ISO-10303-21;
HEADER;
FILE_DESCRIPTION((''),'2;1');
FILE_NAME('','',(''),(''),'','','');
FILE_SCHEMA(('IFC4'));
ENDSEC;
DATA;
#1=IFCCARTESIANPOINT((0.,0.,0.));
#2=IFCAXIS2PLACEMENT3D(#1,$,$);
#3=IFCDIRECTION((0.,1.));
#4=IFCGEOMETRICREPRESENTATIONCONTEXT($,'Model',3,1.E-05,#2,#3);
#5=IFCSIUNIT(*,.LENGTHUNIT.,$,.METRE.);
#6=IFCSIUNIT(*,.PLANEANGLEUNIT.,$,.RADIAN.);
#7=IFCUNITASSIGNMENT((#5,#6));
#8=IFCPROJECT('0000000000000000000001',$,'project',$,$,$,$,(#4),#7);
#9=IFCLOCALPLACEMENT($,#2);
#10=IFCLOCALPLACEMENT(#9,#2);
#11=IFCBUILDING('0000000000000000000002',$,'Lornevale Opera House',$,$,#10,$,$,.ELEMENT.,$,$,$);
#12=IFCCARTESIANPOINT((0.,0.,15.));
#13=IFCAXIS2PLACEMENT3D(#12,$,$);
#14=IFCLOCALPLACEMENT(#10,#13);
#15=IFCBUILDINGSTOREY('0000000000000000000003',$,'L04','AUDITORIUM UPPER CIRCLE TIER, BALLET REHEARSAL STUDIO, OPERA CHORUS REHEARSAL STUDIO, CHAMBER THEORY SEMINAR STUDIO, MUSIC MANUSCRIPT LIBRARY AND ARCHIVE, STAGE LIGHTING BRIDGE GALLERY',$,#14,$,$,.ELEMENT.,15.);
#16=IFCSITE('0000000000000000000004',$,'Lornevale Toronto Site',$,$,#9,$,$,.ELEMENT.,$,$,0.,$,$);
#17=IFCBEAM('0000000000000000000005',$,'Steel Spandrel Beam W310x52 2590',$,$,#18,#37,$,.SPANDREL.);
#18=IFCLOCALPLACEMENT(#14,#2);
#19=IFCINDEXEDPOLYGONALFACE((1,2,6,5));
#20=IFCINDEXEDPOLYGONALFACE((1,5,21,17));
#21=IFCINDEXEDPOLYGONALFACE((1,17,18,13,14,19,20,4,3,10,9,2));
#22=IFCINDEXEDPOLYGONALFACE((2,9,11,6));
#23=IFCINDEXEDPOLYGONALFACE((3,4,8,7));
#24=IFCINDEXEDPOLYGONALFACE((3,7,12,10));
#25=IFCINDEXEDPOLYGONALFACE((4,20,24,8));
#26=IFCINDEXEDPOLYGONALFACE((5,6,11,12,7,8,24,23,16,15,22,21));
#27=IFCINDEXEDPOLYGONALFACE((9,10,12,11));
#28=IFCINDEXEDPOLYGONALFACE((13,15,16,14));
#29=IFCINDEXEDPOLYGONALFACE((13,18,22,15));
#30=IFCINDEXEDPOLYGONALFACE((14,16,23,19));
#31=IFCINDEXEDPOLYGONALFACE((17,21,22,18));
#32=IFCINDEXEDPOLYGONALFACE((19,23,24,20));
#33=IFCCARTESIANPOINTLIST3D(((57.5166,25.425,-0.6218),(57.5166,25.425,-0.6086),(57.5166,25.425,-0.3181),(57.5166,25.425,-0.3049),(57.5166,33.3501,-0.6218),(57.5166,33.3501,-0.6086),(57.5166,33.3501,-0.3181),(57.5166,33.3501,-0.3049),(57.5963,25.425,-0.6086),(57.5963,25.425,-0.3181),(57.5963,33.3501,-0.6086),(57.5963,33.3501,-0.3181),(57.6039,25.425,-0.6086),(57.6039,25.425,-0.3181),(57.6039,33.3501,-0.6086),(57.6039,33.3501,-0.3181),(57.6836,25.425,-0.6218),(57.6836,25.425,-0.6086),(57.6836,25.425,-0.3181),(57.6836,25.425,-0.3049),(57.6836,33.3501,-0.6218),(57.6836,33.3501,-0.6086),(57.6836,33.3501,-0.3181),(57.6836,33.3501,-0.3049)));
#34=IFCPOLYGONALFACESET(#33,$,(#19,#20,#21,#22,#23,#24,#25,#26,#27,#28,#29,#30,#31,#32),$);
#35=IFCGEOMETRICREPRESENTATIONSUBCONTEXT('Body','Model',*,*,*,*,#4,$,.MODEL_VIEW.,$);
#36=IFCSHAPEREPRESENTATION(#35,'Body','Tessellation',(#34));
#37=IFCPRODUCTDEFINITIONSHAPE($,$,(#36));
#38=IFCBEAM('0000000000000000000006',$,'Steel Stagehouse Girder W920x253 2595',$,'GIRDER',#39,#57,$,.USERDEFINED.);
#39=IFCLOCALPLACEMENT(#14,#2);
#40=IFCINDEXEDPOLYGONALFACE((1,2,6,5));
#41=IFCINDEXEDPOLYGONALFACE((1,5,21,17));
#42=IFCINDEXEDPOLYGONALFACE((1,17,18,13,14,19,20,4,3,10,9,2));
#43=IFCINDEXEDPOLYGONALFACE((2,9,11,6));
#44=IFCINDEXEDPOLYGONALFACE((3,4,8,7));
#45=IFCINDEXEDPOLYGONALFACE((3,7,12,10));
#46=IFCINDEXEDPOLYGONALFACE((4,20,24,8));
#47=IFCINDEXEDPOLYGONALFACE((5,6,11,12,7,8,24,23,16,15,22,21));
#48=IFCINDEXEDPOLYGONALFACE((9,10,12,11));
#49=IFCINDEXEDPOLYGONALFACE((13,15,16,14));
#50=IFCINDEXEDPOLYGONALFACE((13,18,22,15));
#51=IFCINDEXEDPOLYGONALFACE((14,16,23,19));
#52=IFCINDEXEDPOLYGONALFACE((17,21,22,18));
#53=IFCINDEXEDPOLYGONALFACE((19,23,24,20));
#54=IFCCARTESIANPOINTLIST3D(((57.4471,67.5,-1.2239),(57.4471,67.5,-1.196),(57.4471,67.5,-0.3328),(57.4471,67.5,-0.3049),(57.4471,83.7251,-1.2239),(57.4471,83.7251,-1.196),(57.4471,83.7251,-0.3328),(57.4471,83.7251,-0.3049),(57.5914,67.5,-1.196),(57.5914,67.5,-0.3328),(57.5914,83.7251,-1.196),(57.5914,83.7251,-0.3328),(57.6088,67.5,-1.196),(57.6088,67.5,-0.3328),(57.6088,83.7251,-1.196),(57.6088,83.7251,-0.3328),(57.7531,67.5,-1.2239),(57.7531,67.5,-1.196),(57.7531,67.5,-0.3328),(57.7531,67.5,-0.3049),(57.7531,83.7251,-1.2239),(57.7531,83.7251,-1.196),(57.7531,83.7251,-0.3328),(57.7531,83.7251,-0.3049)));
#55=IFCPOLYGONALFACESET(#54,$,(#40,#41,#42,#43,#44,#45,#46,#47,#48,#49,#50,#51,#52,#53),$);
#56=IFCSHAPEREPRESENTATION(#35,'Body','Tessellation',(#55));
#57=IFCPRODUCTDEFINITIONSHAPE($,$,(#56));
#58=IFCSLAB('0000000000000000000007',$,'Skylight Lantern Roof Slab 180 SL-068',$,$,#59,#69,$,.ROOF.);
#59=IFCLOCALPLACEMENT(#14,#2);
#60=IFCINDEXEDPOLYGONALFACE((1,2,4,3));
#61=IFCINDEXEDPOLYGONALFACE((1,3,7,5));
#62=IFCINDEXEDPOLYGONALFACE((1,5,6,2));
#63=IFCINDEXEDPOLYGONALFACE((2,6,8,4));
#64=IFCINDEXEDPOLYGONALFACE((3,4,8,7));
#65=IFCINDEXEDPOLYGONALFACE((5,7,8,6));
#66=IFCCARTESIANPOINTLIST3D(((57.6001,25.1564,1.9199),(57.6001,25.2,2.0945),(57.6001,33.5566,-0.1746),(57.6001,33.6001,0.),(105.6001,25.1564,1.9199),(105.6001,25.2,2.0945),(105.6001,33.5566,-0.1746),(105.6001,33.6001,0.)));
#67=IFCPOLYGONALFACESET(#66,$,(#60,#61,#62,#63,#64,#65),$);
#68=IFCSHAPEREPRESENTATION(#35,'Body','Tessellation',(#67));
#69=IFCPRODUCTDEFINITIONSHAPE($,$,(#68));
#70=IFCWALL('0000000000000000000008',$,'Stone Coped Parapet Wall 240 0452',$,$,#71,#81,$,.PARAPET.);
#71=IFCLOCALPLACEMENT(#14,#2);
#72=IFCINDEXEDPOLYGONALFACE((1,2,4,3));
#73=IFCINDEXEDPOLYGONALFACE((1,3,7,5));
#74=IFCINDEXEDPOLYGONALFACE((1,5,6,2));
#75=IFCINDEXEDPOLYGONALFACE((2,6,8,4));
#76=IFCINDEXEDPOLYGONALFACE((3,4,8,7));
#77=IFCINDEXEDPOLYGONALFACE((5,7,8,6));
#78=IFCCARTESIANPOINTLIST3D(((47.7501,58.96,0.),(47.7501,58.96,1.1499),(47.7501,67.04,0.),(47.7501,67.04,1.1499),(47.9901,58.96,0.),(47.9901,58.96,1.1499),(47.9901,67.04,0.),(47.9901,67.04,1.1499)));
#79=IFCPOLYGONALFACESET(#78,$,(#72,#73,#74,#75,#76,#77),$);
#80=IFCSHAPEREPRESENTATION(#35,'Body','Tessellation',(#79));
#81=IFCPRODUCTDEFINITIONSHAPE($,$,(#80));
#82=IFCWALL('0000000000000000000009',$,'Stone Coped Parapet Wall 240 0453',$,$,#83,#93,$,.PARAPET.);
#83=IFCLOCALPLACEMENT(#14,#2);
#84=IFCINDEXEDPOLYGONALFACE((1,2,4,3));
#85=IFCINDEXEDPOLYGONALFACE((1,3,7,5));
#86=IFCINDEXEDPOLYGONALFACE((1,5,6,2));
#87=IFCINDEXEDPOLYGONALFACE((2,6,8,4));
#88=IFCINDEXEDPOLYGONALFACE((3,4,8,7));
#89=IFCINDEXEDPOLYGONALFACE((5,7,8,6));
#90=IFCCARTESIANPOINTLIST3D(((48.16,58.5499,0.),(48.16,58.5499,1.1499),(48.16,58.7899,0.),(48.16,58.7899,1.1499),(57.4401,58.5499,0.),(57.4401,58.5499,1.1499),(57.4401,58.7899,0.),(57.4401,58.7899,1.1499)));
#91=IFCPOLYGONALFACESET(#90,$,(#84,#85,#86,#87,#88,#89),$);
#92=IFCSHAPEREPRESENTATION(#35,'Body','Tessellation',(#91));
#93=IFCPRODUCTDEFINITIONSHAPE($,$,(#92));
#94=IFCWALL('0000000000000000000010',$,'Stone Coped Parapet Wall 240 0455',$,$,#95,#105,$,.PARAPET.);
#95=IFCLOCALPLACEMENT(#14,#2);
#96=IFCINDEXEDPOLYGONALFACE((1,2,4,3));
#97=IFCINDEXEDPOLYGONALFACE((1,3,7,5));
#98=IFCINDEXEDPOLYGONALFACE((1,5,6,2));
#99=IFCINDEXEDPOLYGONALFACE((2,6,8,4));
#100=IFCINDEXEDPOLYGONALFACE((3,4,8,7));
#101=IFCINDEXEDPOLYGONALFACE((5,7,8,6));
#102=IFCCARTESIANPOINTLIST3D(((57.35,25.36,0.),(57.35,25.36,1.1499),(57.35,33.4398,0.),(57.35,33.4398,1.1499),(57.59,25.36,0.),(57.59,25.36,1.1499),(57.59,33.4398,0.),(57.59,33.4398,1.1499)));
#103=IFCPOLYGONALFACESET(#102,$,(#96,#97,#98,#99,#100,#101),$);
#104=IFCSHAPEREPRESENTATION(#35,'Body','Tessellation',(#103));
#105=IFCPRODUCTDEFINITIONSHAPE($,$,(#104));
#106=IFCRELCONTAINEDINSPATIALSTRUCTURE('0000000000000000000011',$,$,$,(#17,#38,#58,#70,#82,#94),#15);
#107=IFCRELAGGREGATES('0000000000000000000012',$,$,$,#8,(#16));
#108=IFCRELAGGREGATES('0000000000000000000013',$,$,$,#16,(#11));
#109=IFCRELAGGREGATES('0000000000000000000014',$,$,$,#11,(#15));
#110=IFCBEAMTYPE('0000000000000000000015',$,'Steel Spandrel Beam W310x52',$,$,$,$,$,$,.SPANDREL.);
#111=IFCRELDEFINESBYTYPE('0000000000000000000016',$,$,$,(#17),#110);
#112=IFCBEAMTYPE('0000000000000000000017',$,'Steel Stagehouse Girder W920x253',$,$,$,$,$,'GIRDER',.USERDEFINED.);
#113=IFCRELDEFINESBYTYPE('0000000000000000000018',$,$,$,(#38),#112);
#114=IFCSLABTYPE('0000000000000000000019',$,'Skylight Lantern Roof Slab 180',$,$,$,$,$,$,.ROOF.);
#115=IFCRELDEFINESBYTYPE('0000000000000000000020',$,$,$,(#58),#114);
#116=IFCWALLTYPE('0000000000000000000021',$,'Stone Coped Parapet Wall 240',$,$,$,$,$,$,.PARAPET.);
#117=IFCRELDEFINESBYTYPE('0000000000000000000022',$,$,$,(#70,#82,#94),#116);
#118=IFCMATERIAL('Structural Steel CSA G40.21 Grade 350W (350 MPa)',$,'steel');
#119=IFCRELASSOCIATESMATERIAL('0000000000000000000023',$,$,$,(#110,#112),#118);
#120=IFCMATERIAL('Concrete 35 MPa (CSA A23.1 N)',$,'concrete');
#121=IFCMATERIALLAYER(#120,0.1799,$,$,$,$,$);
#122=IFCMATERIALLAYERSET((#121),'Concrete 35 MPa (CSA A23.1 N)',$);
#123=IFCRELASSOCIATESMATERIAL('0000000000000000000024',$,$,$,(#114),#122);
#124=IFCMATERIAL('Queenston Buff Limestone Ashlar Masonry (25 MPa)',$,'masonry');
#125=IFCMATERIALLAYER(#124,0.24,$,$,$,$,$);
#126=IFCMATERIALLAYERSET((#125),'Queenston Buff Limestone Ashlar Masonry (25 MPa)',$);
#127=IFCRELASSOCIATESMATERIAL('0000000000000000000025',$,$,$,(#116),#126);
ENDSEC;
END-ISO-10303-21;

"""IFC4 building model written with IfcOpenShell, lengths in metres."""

from ifc_helpers import new_model, si_unit, direction, frame, frame_2d, origin, origin_2d, place, context, subcontext, project, spatial, polyline, rectangle, i_section, outline, extrude, material, layer, layer_set, material_profile, profile_set, type_object, element, save


model = new_model("IFC4")

# Units and contexts
model_context = context("Model", 3, precision=1e-05, world=origin(), true_north=direction((0.0, 1.0)))
body_context = subcontext(model_context, "Body", "Model", "MODEL_VIEW")
ifc_project = project(units=[si_unit("LENGTHUNIT", "METRE"), si_unit("PLANEANGLEUNIT", "RADIAN")], contexts=[model_context])

# Site, building, storey
site_placement = place(None, origin())
site = spatial("IfcSite", under=ifc_project, at=site_placement, Name="Lornevale Toronto Site", CompositionType="ELEMENT", RefElevation=0.0)
building_placement = place(site_placement, origin())
building = spatial("IfcBuilding", under=site, at=building_placement, Name="Lornevale Opera House", CompositionType="ELEMENT")
storey_placement = place(building_placement, frame((0.0, 0.0, 15.0)))
storey = spatial("IfcBuildingStorey", under=building, at=storey_placement, Name="L04", Description="AUDITORIUM UPPER CIRCLE TIER, BALLET REHEARSAL STUDIO, OPERA CHORUS REHEARSAL STUDIO, CHAMBER THEORY SEMINAR STUDIO, MUSIC MANUSCRIPT LIBRARY AND ARCHIVE, STAGE LIGHTING BRIDGE GALLERY", CompositionType="ELEMENT", Elevation=15.0)

# Shared definitions
ifc_material_1 = material(Name="Structural Steel CSA G40.21 Grade 350W (350 MPa)", Category="steel")

# Beams
ifc_material_profile_1 = material_profile(ifc_material_1, i_section(OverallWidth=0.167, OverallDepth=0.3169, WebThickness=0.0076, FlangeThickness=0.0132, at=origin_2d()), Name="W310x52")
ifc_profile_set_1 = profile_set([ifc_material_profile_1], Name="Structural Steel CSA G40.21 Grade 350W (350 MPa)")
beam_type_1 = type_object("IfcBeamType", Name="Steel Spandrel Beam W310x52", PredefinedType="SPANDREL", material=ifc_profile_set_1)
beam_1_placement = place(storey_placement, frame((57.6001, 25.425, -0.4634), z_axis=(0.0, 1.0, 0.0), x_axis=(-1.0, 0.0, 0.0)))
element("IfcBeam", 1, at=beam_1_placement, inside=storey, type_object=beam_type_1, Name="Steel Spandrel Beam W310x52 2590", PredefinedType="SPANDREL", context=body_context, shape_type="SweptSolid", body=[
    extrude(i_section(OverallWidth=0.167, OverallDepth=0.3169, WebThickness=0.0076, FlangeThickness=0.0132, at=origin_2d()), origin(), (0.0, 0.0, 1.0), 7.925),
])
ifc_material_profile_2 = material_profile(ifc_material_1, i_section(OverallWidth=0.3059, OverallDepth=0.9189, WebThickness=0.0173, FlangeThickness=0.0278, at=origin_2d()), Name="W920x253")
ifc_profile_set_2 = profile_set([ifc_material_profile_2], Name="Structural Steel CSA G40.21 Grade 350W (350 MPa)")
beam_type_2 = type_object("IfcBeamType", Name="Steel Stagehouse Girder W920x253", ElementType="GIRDER", PredefinedType="USERDEFINED", material=ifc_profile_set_2)
beam_2_placement = place(storey_placement, frame((57.6001, 67.5, -0.7644), z_axis=(0.0, 1.0, 0.0), x_axis=(-1.0, 0.0, 0.0)))
element("IfcBeam", 2, at=beam_2_placement, inside=storey, type_object=beam_type_2, Name="Steel Stagehouse Girder W920x253 2595", ObjectType="GIRDER", PredefinedType="USERDEFINED", context=body_context, shape_type="SweptSolid", body=[
    extrude(i_section(OverallWidth=0.3059, OverallDepth=0.9189, WebThickness=0.0173, FlangeThickness=0.0278, at=origin_2d()), origin(), (0.0, 0.0, 1.0), 16.2251),
])

# Slab
ifc_material_2 = material(Name="Concrete 35 MPa (CSA A23.1 N)", Category="concrete")
ifc_layer_1 = layer(ifc_material_2, 0.1799)
ifc_layer_set_1 = layer_set([ifc_layer_1], Name="Concrete 35 MPa (CSA A23.1 N)")
slab_type = type_object("IfcSlabType", Name="Skylight Lantern Roof Slab 180", PredefinedType="ROOF", material=ifc_layer_set_1)
slab_placement = place(storey_placement, frame((57.6001, 25.2, 2.0945), z_axis=(0.0, 0.241932, 0.970293), x_axis=(1.0, 0.0, 0.0)))
element("IfcSlab", 3, at=slab_placement, inside=storey, type_object=slab_type, Name="Skylight Lantern Roof Slab 180 SL-068", PredefinedType="ROOF", context=body_context, shape_type="SweptSolid", body=[
    extrude(outline(polyline([(0.0, 0.0), (48.0, 0.0), (48.0, 8.6573), (0.0, 8.6573), (0.0, 0.0)])), origin(), (0.0, 0.0, -1.0), 0.1799),
])

# Walls
ifc_material_3 = material(Name="Queenston Buff Limestone Ashlar Masonry (25 MPa)", Category="masonry")
ifc_layer_2 = layer(ifc_material_3, 0.24)
ifc_layer_set_2 = layer_set([ifc_layer_2], Name="Queenston Buff Limestone Ashlar Masonry (25 MPa)")
wall_type = type_object("IfcWallType", Name="Stone Coped Parapet Wall 240", PredefinedType="PARAPET", material=ifc_layer_set_2)
wall_1_placement = place(storey_placement, frame((47.8701, 67.04, 0.0), z_axis=(0.0, 0.0, 1.0), x_axis=(0.0, -1.0, 0.0)))
element("IfcWall", 4, at=wall_1_placement, inside=storey, type_object=wall_type, Name="Stone Coped Parapet Wall 240 0452", PredefinedType="PARAPET", context=body_context, shape_type="SweptSolid", body=[
    extrude(rectangle(XDim=8.0801, YDim=0.24, at=frame_2d((4.04, 0.0))), origin(), (0.0, 0.0, 1.0), 1.1499),
])
wall_2_placement = place(storey_placement, frame((48.1599, 58.6699, 0.0), z_axis=(0.0, 0.0, 1.0), x_axis=(1.0, 0.0, 0.0)))
element("IfcWall", 5, at=wall_2_placement, inside=storey, type_object=wall_type, Name="Stone Coped Parapet Wall 240 0453", PredefinedType="PARAPET", context=body_context, shape_type="SweptSolid", body=[
    extrude(rectangle(XDim=9.28, YDim=0.24, at=frame_2d((4.6401, 0.0))), origin(), (0.0, 0.0, 1.0), 1.1499),
])
wall_3_placement = place(storey_placement, frame((57.47, 33.4399, 0.0), z_axis=(0.0, 0.0, 1.0), x_axis=(0.0, -1.0, 0.0)))
element("IfcWall", 6, at=wall_3_placement, inside=storey, type_object=wall_type, Name="Stone Coped Parapet Wall 240 0455", PredefinedType="PARAPET", context=body_context, shape_type="SweptSolid", body=[
    extrude(rectangle(XDim=8.0798, YDim=0.24, at=frame_2d((4.04, 0.0))), origin(), (0.0, 0.0, 1.0), 1.1499),
])

save(model, "model.ifc")
